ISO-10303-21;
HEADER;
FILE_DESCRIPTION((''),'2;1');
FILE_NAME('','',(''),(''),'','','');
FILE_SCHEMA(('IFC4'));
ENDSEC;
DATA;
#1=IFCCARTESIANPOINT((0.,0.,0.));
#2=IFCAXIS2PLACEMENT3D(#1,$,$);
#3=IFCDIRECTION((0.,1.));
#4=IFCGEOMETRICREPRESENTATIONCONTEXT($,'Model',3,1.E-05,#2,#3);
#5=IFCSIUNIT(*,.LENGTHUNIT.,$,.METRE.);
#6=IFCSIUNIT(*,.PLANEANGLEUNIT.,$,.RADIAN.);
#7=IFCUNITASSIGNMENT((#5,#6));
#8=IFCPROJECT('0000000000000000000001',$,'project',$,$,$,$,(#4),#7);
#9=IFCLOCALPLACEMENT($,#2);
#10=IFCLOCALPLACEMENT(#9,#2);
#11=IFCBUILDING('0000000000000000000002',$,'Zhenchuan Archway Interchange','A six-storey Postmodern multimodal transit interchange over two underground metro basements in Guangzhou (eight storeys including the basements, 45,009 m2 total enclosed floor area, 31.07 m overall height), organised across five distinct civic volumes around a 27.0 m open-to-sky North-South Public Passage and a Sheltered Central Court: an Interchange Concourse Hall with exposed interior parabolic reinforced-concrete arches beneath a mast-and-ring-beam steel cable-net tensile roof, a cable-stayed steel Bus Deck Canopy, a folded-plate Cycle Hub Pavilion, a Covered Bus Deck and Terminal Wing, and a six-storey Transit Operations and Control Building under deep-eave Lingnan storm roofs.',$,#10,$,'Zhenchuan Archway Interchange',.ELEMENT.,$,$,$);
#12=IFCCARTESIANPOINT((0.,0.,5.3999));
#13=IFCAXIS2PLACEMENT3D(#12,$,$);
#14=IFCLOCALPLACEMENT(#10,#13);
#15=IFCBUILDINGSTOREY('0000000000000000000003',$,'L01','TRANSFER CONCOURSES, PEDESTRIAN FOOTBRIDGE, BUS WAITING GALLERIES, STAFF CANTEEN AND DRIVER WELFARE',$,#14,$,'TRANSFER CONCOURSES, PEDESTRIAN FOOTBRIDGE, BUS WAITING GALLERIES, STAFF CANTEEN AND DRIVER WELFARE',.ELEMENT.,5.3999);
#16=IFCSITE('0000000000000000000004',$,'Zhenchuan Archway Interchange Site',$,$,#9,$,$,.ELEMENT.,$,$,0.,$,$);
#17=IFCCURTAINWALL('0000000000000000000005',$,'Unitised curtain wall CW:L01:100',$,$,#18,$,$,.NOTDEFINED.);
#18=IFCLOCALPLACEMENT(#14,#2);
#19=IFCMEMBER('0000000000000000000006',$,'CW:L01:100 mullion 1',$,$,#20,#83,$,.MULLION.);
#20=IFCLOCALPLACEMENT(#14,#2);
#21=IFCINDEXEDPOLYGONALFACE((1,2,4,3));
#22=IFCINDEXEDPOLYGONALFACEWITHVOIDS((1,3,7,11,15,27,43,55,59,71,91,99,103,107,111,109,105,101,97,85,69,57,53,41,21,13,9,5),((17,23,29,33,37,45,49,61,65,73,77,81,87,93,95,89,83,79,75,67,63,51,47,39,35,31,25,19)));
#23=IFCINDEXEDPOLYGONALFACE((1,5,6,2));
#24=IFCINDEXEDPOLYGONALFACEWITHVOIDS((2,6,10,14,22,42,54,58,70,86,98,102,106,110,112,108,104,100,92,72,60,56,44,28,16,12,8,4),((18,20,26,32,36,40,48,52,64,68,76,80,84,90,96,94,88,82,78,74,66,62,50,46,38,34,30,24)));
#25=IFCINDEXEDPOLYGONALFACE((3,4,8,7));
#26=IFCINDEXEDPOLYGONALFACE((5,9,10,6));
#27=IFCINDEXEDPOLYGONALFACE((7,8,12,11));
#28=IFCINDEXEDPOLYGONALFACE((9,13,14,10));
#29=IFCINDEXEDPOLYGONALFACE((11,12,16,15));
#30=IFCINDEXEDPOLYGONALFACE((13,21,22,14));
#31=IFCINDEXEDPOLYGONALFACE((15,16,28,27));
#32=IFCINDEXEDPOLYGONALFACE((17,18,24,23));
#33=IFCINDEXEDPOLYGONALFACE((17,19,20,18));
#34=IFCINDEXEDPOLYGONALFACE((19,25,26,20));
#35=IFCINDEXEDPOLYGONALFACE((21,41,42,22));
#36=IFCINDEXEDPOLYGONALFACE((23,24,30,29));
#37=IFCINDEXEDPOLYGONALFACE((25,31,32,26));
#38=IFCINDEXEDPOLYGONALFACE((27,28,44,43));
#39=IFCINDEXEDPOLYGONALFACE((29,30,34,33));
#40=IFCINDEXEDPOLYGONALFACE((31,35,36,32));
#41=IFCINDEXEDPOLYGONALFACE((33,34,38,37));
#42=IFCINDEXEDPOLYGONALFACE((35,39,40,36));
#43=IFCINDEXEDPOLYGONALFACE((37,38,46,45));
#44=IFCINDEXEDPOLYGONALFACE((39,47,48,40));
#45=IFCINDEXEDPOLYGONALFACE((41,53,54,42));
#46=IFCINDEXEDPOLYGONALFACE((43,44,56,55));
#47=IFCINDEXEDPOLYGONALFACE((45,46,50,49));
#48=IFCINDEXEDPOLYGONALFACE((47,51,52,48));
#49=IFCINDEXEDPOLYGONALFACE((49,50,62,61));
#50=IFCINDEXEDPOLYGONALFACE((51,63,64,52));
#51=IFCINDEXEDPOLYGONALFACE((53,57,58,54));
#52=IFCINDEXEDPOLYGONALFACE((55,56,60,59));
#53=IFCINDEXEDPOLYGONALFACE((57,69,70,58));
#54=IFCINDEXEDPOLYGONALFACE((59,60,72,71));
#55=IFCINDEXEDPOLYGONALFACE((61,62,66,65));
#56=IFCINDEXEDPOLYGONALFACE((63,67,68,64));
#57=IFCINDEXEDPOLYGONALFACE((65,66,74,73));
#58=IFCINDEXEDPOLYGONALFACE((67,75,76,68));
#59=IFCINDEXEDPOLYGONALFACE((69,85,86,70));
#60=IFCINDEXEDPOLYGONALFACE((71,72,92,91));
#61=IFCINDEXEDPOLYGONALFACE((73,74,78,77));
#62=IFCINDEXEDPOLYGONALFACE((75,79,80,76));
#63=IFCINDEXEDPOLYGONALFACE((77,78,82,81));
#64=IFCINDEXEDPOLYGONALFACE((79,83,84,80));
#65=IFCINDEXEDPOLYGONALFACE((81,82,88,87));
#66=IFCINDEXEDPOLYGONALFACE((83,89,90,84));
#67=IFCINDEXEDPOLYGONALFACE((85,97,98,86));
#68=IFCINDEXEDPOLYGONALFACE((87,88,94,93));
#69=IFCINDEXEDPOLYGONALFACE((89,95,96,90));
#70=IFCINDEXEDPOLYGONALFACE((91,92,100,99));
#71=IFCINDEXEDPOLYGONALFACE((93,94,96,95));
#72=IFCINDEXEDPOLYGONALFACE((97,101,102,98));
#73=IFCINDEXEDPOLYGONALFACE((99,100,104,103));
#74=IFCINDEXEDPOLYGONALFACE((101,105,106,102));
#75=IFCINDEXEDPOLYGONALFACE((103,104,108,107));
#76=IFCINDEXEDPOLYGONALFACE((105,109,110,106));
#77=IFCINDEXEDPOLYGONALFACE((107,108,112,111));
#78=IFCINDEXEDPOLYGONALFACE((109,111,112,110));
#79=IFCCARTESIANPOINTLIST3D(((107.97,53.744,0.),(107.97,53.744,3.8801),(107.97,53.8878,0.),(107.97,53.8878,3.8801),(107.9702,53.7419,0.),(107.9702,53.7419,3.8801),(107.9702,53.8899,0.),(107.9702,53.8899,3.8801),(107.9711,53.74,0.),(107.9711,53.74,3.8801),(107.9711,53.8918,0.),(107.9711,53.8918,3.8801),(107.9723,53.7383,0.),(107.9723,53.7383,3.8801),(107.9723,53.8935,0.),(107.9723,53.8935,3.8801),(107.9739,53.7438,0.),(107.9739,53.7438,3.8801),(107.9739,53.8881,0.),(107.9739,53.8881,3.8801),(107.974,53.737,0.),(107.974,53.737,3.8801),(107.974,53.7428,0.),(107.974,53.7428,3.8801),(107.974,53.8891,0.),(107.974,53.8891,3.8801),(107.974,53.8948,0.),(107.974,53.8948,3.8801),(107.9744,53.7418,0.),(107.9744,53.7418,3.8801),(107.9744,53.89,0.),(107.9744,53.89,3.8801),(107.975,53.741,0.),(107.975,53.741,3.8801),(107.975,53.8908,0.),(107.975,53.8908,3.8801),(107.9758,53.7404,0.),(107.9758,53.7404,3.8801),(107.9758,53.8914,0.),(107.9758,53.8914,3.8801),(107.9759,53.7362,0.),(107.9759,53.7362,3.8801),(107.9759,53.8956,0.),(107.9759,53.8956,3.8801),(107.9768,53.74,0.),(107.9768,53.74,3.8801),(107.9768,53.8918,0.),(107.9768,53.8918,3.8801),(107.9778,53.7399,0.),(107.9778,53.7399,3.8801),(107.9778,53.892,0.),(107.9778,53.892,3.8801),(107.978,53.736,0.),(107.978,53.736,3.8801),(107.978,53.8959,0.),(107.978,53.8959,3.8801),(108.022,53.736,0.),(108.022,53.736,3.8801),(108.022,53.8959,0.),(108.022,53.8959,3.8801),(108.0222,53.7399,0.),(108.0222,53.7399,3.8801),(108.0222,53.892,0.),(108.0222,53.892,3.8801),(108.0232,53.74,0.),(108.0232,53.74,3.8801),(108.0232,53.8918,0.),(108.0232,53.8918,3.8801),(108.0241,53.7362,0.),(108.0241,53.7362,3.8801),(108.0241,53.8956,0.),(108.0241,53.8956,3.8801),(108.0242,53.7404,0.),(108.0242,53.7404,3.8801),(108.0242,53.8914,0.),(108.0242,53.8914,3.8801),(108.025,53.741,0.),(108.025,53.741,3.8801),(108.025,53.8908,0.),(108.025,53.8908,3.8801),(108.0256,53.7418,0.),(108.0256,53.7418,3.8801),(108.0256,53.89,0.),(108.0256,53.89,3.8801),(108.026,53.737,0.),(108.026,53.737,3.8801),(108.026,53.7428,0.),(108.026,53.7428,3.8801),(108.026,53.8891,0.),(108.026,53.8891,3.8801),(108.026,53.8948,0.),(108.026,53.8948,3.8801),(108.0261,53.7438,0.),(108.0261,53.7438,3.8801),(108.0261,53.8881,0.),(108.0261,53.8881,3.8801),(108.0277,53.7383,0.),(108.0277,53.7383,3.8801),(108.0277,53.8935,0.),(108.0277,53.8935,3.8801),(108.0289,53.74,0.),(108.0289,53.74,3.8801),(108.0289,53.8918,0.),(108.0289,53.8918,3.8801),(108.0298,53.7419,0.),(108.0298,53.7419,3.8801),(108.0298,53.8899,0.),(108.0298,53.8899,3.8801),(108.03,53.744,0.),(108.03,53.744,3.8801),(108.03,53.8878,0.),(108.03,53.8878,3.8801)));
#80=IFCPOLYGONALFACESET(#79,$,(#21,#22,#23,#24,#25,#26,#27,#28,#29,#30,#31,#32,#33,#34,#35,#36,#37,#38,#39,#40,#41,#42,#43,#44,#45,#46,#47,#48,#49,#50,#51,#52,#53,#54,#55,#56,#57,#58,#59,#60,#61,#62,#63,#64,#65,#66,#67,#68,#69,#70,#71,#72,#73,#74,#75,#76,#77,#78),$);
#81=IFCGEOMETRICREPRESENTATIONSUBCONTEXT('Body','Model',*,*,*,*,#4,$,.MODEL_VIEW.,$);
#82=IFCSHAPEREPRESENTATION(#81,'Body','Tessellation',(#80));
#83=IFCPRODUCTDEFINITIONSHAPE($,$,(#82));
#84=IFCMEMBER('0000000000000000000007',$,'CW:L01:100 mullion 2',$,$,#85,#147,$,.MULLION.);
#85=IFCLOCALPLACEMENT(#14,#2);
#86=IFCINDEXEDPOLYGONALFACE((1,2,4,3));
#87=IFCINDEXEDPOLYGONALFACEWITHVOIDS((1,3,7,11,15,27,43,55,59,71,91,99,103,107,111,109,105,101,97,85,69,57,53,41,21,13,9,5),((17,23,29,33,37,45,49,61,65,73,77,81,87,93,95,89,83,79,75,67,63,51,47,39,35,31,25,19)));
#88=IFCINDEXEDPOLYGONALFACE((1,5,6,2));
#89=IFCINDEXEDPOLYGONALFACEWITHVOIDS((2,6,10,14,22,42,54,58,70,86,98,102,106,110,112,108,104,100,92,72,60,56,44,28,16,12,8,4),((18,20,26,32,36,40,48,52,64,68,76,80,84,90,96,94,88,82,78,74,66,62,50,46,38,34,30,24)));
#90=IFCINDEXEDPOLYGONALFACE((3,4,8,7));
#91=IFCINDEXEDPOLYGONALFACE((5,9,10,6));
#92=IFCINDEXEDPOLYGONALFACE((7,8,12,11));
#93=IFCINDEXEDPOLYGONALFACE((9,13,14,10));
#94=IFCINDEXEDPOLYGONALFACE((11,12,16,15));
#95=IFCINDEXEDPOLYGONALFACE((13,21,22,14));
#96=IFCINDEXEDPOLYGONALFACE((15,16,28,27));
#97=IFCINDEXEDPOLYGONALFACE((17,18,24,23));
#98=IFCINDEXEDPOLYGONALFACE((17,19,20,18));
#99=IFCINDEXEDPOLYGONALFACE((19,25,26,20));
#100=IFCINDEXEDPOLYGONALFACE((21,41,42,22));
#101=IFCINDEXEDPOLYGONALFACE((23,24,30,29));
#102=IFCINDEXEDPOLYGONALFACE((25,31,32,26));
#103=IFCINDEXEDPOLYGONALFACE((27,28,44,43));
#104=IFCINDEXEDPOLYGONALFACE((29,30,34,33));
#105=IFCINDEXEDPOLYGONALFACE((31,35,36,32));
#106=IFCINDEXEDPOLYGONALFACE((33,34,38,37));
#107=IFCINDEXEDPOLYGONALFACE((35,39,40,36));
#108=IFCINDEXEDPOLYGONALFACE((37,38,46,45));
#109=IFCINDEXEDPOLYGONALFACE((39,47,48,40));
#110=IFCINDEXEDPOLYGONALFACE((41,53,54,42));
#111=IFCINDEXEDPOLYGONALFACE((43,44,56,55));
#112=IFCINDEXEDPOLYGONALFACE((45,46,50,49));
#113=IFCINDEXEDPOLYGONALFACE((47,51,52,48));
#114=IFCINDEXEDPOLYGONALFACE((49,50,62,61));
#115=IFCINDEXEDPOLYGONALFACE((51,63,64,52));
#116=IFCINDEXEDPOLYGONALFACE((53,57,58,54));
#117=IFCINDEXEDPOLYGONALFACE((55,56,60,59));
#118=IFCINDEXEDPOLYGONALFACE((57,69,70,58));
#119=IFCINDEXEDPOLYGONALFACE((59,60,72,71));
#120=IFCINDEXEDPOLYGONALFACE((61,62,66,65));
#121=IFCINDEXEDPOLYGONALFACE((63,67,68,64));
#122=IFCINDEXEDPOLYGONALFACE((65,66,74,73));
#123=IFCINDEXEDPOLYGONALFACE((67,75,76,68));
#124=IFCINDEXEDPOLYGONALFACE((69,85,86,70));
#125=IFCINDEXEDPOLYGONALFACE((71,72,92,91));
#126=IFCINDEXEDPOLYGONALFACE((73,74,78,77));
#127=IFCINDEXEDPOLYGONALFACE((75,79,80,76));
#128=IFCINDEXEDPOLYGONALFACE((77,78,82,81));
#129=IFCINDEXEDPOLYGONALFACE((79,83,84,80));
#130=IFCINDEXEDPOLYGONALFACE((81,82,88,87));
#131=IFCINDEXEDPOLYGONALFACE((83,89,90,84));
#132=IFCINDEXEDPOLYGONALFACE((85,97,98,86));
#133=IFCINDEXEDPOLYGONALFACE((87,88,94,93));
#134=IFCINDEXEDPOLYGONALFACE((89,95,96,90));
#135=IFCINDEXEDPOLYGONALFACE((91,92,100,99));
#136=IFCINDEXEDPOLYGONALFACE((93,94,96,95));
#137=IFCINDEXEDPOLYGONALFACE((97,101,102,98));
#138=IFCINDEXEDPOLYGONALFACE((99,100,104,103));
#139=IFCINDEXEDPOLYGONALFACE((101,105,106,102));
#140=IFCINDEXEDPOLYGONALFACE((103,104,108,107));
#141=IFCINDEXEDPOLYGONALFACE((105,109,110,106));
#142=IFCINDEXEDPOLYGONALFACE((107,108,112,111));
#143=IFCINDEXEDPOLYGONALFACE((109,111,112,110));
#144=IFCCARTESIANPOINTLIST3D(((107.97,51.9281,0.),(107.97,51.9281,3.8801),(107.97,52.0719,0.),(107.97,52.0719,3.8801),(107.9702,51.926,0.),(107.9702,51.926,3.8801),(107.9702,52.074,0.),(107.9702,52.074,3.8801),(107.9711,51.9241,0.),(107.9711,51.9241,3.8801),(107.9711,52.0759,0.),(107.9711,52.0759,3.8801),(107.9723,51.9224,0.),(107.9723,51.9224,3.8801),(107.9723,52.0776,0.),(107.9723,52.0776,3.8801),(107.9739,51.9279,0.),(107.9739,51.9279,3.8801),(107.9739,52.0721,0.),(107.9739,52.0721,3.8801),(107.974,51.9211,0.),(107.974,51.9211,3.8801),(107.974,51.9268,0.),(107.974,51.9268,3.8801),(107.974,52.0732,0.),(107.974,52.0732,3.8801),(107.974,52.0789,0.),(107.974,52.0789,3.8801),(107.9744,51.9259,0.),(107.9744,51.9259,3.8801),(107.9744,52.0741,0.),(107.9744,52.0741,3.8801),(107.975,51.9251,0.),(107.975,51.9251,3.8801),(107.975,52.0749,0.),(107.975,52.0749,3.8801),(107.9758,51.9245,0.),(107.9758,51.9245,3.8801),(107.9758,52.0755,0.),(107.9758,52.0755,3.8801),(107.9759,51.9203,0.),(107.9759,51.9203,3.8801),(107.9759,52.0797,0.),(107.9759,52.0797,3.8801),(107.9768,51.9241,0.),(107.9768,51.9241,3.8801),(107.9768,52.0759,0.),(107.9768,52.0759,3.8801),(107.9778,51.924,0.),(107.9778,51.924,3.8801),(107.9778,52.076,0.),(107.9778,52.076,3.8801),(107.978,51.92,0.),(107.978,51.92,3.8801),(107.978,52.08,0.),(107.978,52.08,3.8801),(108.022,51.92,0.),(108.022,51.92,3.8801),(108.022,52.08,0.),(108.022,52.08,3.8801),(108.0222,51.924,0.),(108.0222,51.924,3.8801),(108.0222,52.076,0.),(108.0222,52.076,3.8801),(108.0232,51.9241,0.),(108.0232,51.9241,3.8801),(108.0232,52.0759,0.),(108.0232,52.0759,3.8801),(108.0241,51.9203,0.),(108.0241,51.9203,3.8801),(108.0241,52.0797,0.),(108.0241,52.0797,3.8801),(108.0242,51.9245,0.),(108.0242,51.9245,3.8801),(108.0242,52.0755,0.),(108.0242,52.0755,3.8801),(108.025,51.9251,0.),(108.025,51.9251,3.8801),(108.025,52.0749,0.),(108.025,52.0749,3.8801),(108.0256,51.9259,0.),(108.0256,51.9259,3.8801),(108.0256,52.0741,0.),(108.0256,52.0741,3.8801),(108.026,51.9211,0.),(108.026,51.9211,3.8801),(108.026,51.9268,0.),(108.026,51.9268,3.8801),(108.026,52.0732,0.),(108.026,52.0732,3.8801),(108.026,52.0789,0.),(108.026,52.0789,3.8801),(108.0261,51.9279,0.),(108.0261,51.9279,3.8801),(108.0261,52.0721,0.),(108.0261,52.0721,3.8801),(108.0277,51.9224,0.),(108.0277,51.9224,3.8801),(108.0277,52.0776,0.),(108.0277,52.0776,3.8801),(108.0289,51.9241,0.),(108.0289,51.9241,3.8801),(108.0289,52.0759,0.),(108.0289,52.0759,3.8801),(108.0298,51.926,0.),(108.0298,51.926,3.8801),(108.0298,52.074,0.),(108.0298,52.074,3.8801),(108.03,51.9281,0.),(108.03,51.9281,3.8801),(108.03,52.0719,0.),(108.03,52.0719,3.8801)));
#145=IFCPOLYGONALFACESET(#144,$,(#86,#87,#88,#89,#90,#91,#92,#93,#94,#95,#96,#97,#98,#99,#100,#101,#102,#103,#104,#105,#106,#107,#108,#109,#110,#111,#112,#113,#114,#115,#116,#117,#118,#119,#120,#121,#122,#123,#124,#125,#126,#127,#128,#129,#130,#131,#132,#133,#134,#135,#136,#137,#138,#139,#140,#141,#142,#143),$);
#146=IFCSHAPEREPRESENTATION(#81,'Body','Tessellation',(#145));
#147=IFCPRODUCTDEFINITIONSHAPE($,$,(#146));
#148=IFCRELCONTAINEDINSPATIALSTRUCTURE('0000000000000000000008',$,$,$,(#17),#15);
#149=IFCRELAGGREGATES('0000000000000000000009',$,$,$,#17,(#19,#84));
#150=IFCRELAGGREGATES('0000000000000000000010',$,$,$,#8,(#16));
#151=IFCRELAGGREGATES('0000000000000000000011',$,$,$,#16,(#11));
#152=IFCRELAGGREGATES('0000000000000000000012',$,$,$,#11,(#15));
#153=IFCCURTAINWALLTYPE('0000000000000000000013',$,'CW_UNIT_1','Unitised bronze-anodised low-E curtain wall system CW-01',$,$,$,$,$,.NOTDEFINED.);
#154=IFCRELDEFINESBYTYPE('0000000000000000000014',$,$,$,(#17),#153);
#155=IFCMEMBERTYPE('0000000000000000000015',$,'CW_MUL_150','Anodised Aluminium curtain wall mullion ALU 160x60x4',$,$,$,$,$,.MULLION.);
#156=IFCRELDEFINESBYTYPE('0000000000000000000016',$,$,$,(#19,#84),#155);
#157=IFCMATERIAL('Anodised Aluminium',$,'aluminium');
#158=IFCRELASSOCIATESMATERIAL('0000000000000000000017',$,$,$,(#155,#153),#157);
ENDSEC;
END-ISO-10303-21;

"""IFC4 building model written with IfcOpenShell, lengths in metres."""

from ifc_helpers import new_model, si_unit, direction, frame, origin, origin_2d, place, context, subcontext, project, spatial, hollow_rectangle, extrude, material, material_profile, profile_set, type_object, element, aggregate, save


model = new_model("IFC4")

# Units and contexts
model_context = context("Model", 3, precision=1e-05, world=origin(), true_north=direction((0.0, 1.0)))
body_context = subcontext(model_context, "Body", "Model", "MODEL_VIEW")
ifc_project = project(units=[si_unit("LENGTHUNIT", "METRE"), si_unit("PLANEANGLEUNIT", "RADIAN")], contexts=[model_context])

# Site, building, storey
site_placement = place(None, origin())
site = spatial("IfcSite", under=ifc_project, at=site_placement, Name="Zhenchuan Archway Interchange Site", CompositionType="ELEMENT", RefElevation=0.0)
building_placement = place(site_placement, origin())
building = spatial("IfcBuilding", under=site, at=building_placement, Name="Zhenchuan Archway Interchange", Description="A six-storey Postmodern multimodal transit interchange over two underground metro basements in Guangzhou (eight storeys including the basements, 45,009 m2 total enclosed floor area, 31.07 m overall height), organised across five distinct civic volumes around a 27.0 m open-to-sky North-South Public Passage and a Sheltered Central Court: an Interchange Concourse Hall with exposed interior parabolic reinforced-concrete arches beneath a mast-and-ring-beam steel cable-net tensile roof, a cable-stayed steel Bus Deck Canopy, a folded-plate Cycle Hub Pavilion, a Covered Bus Deck and Terminal Wing, and a six-storey Transit Operations and Control Building under deep-eave Lingnan storm roofs.", LongName="Zhenchuan Archway Interchange", CompositionType="ELEMENT")
storey_placement = place(building_placement, frame((0.0, 0.0, 5.3999)))
storey = spatial("IfcBuildingStorey", under=building, at=storey_placement, Name="L01", Description="TRANSFER CONCOURSES, PEDESTRIAN FOOTBRIDGE, BUS WAITING GALLERIES, STAFF CANTEEN AND DRIVER WELFARE", LongName="TRANSFER CONCOURSES, PEDESTRIAN FOOTBRIDGE, BUS WAITING GALLERIES, STAFF CANTEEN AND DRIVER WELFARE", CompositionType="ELEMENT", Elevation=5.3999)

# Shared definitions
ifc_material_1 = material(Name="Anodised Aluminium", Category="aluminium")
ifc_material_profile_1 = material_profile(ifc_material_1, hollow_rectangle(XDim=0.0601, YDim=0.1599, WallThickness=0.0039, InnerFilletRadius=0.0039, OuterFilletRadius=0.0081, at=origin_2d()), Name="ALU 160x60x4")
ifc_profile_set_1 = profile_set([ifc_material_profile_1], Name="Anodised Aluminium")
member_type_1 = type_object("IfcMemberType", Name="CW_MUL_150", Description="Anodised Aluminium curtain wall mullion ALU 160x60x4", PredefinedType="MULLION", material=ifc_profile_set_1)

# Curtain wall, members
curtain_wall_type_1 = type_object("IfcCurtainWallType", Name="CW_UNIT_1", Description="Unitised bronze-anodised low-E curtain wall system CW-01", PredefinedType="NOTDEFINED", material=ifc_material_1)
curtain_wall_1_placement = place(storey_placement, origin())
curtain_wall_1 = element("IfcCurtainWall", 1, at=curtain_wall_1_placement, inside=storey, type_object=curtain_wall_type_1, Name="Unitised curtain wall CW:L01:100", PredefinedType="NOTDEFINED")
member_1_placement = place(storey_placement, frame((108.0, 53.8159, 0.0), z_axis=(0.0, 0.0, 1.0), x_axis=(1.0, 0.0, 0.0)))
member_1 = element("IfcMember", 2, at=member_1_placement, type_object=member_type_1, Name="CW:L01:100 mullion 1", PredefinedType="MULLION", context=body_context, shape_type="SweptSolid", body=[
    extrude(hollow_rectangle(XDim=0.0601, YDim=0.1599, WallThickness=0.0039, InnerFilletRadius=0.0039, OuterFilletRadius=0.0081, at=origin_2d()), origin(), (0.0, 0.0, 1.0), 3.8801),
])
member_2_placement = place(storey_placement, frame((108.0, 52.0, 0.0), z_axis=(0.0, 0.0, 1.0), x_axis=(1.0, 0.0, 0.0)))
member_2 = element("IfcMember", 3, at=member_2_placement, type_object=member_type_1, Name="CW:L01:100 mullion 2", PredefinedType="MULLION", context=body_context, shape_type="SweptSolid", body=[
    extrude(hollow_rectangle(XDim=0.0601, YDim=0.1599, WallThickness=0.0039, InnerFilletRadius=0.0039, OuterFilletRadius=0.0081, at=origin_2d()), origin(), (0.0, 0.0, 1.0), 3.8801),
])

aggregate(curtain_wall_1, [member_1, member_2])

save(model, "model.ifc")
